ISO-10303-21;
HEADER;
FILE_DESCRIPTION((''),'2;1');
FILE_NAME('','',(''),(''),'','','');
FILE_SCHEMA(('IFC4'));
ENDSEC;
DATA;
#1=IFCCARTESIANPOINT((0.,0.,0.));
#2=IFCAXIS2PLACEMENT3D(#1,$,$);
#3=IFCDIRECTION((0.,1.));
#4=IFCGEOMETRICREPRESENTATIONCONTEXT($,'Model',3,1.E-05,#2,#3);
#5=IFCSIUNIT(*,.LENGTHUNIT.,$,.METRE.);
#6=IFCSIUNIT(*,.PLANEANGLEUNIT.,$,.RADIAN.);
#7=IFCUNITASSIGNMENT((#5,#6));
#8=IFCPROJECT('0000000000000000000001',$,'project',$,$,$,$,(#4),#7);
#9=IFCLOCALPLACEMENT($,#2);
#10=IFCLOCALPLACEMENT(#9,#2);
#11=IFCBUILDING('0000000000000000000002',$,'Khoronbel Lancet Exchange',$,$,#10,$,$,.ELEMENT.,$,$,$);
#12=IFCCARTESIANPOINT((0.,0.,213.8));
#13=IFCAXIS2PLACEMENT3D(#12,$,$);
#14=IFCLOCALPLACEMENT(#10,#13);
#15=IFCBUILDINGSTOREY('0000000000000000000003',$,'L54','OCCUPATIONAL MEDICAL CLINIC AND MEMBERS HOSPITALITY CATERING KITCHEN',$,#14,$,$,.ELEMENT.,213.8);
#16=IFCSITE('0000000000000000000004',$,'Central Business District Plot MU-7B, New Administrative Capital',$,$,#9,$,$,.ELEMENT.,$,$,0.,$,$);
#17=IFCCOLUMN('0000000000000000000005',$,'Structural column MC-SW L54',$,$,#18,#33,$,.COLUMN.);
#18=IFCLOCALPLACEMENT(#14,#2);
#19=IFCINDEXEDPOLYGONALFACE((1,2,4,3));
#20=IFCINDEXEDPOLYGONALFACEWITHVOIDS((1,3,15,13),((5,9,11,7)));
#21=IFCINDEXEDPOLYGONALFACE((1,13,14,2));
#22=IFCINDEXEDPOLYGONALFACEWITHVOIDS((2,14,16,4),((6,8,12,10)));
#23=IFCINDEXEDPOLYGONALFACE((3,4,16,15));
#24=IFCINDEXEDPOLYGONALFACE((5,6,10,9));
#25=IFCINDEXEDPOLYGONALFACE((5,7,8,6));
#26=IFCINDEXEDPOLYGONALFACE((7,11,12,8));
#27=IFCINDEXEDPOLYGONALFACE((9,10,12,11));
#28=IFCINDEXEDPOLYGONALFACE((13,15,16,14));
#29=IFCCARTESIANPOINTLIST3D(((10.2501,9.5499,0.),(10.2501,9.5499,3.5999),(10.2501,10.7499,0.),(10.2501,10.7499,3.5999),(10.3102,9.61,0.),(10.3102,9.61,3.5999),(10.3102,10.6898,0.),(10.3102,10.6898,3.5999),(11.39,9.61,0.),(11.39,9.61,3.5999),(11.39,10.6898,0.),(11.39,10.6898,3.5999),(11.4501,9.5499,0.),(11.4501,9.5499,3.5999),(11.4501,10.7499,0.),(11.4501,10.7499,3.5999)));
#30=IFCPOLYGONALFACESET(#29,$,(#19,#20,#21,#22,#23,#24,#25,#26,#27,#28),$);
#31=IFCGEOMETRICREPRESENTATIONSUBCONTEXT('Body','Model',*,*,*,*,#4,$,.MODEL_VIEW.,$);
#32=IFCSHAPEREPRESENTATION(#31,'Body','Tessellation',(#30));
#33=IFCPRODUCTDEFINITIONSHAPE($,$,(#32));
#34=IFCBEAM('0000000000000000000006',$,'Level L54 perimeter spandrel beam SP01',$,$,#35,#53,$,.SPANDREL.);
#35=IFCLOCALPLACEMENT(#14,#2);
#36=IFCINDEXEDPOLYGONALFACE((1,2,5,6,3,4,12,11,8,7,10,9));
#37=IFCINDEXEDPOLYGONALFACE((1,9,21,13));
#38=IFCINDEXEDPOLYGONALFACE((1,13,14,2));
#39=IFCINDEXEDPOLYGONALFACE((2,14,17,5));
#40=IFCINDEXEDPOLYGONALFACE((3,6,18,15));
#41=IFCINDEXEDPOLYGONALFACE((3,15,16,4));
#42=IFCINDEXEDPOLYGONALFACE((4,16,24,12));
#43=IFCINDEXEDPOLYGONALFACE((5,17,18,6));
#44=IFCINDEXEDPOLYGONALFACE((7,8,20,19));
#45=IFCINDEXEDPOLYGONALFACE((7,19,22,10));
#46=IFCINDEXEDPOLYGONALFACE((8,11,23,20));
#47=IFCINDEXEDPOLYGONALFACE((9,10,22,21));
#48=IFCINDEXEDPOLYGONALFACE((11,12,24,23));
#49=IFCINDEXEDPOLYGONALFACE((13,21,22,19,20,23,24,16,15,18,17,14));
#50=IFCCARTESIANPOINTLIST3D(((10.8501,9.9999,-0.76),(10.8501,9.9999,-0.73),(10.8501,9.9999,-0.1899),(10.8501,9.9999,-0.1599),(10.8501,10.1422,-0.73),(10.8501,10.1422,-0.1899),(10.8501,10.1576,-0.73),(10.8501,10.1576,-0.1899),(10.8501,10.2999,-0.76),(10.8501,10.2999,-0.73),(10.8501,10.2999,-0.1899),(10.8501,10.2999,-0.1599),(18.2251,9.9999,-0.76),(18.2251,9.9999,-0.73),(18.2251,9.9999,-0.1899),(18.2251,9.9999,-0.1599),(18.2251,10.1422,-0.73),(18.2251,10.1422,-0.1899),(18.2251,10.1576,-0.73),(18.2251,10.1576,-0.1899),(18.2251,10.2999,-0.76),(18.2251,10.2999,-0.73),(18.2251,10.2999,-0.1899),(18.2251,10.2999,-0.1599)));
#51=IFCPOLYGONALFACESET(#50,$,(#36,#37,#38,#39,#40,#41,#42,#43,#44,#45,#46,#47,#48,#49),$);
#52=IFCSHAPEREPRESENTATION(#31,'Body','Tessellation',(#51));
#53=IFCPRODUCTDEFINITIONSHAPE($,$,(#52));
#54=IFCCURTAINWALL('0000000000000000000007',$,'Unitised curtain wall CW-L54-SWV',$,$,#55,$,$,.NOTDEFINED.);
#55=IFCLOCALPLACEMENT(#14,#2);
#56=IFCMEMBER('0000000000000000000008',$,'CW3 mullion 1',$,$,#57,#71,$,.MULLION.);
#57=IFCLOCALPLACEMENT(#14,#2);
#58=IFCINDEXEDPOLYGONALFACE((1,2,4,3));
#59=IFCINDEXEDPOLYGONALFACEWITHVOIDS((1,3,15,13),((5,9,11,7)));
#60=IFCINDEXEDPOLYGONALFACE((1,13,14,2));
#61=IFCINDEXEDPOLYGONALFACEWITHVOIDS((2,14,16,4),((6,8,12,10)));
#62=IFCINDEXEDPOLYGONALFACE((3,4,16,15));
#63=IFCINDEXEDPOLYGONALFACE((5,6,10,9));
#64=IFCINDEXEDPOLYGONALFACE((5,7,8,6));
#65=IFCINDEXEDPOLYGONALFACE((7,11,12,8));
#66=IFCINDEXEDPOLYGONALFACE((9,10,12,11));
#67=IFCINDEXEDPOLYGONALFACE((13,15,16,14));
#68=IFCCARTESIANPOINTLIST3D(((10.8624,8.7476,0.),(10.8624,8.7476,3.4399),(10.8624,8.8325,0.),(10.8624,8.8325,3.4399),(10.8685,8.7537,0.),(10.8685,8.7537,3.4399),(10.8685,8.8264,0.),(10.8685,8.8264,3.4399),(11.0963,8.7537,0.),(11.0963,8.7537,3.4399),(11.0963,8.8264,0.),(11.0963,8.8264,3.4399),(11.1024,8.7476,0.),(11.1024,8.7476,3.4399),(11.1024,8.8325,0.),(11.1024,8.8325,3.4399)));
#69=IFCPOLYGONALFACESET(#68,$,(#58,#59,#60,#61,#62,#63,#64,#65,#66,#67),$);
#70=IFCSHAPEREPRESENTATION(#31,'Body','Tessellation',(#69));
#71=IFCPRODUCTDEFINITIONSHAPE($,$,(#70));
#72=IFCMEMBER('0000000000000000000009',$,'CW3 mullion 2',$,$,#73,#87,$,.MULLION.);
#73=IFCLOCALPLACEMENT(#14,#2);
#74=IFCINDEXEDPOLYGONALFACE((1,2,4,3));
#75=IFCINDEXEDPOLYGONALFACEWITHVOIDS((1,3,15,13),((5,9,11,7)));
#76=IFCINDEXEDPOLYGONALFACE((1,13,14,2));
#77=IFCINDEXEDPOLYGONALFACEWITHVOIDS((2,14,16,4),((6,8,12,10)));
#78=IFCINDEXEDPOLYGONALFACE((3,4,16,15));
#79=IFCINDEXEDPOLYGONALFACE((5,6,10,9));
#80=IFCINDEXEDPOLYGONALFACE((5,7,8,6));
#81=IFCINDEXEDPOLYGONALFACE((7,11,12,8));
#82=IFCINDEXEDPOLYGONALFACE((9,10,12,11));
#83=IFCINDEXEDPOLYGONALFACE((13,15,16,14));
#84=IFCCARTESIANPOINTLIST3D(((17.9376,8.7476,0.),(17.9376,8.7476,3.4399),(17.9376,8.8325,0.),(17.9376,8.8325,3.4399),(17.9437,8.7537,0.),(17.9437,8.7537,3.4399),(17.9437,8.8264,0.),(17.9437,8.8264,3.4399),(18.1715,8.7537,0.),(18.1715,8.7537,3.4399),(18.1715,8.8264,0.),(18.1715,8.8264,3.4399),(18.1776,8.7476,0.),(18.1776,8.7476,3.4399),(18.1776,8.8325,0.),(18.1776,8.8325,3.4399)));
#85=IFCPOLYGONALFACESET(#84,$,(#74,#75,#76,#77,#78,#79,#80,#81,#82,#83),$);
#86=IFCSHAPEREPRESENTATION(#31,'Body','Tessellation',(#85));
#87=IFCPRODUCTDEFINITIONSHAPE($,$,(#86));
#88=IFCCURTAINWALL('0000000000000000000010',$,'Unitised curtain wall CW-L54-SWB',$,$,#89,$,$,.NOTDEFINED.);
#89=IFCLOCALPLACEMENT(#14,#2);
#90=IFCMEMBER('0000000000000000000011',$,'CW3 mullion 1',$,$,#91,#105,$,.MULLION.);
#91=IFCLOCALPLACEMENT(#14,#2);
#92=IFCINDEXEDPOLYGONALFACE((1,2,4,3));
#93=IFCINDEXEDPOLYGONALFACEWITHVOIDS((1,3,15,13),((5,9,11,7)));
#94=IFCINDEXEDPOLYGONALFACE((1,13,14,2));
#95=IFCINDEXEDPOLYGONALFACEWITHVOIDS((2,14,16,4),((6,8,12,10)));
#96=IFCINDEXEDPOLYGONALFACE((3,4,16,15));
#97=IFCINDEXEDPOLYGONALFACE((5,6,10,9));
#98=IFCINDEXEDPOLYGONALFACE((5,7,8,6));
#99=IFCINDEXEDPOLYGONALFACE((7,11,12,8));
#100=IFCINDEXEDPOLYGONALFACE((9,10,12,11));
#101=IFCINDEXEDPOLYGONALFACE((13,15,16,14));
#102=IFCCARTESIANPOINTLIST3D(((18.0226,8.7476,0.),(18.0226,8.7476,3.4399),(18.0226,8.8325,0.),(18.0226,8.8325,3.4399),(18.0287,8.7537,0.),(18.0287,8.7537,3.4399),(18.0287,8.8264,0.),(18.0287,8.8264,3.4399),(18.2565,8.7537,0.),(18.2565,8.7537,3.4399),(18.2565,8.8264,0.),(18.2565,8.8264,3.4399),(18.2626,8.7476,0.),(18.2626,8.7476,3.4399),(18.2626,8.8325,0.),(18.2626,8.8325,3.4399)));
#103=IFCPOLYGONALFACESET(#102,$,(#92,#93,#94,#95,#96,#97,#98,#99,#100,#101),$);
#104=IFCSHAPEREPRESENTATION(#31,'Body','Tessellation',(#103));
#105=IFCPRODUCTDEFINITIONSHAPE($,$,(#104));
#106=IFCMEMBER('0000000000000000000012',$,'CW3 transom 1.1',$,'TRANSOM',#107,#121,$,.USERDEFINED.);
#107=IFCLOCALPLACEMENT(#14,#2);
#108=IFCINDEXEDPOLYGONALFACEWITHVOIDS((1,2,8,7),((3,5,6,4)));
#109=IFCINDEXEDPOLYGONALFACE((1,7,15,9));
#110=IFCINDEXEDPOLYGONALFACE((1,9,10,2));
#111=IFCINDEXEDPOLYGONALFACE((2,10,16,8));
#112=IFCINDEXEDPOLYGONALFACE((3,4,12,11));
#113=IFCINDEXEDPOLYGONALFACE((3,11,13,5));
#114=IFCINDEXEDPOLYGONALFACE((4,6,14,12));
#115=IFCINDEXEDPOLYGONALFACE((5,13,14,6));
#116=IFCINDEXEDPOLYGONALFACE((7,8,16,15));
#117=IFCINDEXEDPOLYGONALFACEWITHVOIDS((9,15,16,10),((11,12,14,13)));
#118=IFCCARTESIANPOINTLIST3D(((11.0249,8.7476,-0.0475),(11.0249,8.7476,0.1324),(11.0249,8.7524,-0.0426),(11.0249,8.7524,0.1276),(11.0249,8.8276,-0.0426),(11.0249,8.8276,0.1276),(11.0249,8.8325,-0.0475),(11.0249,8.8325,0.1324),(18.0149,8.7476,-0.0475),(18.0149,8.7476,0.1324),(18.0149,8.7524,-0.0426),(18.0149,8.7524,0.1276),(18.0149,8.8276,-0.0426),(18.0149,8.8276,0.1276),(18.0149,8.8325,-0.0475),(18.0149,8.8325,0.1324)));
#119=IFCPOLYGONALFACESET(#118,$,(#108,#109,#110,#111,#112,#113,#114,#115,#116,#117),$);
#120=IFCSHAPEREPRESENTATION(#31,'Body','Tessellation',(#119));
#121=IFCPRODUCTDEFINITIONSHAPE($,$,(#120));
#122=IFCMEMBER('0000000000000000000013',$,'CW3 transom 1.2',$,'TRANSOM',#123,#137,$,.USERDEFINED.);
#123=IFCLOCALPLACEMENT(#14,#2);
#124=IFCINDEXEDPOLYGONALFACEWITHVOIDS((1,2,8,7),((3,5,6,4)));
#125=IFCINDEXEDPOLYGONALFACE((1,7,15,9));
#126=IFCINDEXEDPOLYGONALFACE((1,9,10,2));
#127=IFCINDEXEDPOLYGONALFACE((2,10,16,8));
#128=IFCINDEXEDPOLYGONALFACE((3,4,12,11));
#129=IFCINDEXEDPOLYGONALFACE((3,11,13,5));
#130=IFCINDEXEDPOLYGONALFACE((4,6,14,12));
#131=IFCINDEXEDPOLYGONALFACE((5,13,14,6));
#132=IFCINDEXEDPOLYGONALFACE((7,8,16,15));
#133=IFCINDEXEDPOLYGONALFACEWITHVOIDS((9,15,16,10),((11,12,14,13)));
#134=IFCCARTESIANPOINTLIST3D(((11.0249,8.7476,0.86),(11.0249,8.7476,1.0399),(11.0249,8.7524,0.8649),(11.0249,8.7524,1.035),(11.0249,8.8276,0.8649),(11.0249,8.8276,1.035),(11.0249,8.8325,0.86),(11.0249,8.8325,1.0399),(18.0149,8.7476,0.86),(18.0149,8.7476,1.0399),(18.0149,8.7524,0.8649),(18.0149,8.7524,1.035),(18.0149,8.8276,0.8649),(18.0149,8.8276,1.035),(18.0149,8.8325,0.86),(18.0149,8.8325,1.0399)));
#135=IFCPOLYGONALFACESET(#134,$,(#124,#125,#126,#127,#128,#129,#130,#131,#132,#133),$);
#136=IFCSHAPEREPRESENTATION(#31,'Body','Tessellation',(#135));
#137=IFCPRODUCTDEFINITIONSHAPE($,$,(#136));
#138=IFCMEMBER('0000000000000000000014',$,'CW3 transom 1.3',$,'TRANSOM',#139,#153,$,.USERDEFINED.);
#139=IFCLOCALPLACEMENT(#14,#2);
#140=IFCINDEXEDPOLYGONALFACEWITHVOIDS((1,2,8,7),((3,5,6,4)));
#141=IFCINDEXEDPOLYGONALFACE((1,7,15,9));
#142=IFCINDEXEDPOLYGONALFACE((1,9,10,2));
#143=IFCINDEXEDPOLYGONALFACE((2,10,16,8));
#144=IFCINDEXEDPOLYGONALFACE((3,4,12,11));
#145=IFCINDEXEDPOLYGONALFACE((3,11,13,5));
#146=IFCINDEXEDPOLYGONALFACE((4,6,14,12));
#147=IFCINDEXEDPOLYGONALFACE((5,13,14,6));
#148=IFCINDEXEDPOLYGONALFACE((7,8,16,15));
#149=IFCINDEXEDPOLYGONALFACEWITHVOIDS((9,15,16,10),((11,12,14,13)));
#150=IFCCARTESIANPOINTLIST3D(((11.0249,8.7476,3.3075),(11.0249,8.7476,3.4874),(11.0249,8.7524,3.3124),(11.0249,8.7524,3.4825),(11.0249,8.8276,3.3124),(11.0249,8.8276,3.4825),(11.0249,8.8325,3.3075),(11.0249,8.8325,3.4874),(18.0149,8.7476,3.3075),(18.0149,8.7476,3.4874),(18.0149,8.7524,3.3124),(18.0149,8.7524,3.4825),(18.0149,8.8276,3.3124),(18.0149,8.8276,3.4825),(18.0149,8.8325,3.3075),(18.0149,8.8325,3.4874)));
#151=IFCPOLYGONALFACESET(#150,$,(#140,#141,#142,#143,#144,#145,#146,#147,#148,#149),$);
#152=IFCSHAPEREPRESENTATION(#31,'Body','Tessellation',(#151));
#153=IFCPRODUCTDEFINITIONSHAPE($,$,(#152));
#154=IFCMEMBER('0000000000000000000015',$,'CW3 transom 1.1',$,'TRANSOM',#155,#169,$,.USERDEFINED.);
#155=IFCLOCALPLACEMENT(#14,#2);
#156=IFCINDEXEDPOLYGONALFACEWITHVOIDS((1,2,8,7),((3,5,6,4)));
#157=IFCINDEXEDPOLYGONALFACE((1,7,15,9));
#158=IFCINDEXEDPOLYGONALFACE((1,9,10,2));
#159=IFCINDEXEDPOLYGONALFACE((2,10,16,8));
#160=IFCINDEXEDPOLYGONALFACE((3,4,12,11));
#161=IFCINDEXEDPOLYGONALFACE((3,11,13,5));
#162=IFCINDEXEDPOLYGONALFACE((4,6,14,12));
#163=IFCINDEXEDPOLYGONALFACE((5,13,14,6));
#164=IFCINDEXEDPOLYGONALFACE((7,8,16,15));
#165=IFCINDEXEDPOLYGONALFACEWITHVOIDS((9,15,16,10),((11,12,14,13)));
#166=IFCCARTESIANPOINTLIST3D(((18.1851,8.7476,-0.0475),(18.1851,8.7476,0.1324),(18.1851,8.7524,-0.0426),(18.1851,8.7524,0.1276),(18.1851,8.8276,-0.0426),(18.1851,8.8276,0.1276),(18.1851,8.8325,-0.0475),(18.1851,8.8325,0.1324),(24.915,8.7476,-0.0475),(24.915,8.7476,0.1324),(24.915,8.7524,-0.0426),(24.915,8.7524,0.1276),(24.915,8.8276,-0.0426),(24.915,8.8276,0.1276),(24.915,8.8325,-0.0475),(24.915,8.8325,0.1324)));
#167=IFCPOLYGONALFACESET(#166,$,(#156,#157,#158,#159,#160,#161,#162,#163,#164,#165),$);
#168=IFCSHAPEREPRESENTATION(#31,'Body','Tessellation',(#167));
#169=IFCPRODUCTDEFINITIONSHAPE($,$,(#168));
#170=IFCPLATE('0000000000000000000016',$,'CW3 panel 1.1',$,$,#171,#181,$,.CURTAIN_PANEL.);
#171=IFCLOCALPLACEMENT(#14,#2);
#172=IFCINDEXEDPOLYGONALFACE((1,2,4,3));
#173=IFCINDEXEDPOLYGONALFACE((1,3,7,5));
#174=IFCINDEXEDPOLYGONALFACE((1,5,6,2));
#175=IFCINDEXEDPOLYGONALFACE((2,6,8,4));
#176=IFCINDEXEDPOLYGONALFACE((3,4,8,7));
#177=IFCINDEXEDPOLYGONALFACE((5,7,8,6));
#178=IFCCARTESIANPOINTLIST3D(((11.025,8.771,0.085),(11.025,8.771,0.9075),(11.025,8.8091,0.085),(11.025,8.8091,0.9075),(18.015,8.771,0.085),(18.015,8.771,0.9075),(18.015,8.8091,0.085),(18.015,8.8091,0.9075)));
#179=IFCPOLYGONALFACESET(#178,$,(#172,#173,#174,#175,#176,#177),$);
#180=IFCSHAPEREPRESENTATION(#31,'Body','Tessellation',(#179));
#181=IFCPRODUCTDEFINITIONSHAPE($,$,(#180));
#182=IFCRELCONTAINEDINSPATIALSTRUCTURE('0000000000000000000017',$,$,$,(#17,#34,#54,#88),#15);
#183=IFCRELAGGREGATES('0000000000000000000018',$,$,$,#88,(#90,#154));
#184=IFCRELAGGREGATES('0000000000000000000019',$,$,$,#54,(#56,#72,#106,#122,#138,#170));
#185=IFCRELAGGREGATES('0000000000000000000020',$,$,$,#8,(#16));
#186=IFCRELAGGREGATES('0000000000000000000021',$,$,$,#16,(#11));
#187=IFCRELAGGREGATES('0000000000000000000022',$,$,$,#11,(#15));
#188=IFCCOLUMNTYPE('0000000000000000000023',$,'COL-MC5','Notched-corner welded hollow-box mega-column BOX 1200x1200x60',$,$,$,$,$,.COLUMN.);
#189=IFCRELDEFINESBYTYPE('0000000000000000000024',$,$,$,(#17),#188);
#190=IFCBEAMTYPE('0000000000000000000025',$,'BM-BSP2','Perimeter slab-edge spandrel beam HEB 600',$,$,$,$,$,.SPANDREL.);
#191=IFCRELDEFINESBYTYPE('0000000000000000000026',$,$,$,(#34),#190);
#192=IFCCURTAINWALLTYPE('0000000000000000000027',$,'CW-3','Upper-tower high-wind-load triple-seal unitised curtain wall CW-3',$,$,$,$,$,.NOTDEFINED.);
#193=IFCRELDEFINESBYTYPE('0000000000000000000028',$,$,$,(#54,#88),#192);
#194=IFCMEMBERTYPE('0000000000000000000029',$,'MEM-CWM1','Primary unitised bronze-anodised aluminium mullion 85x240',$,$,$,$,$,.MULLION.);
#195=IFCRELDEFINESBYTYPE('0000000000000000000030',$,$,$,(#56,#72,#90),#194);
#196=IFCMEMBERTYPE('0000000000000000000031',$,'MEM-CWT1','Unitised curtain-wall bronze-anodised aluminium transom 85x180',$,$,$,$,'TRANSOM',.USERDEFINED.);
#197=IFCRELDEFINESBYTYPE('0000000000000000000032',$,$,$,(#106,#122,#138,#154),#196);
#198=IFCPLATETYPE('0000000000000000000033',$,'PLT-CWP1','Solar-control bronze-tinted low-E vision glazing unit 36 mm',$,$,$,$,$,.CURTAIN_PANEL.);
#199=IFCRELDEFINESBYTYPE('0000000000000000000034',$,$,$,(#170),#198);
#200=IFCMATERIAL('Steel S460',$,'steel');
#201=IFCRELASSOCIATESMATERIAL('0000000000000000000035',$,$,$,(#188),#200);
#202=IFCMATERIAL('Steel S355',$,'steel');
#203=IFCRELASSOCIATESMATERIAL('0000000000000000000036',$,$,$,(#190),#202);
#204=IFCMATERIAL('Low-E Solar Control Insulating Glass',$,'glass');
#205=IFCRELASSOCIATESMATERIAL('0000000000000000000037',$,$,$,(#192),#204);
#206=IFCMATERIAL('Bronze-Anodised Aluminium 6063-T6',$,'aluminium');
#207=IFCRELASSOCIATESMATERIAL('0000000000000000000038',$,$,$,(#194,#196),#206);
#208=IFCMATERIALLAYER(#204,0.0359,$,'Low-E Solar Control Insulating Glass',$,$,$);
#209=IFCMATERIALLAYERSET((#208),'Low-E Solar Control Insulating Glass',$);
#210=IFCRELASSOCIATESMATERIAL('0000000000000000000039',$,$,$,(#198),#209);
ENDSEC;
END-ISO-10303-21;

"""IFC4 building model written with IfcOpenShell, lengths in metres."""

from ifc_helpers import new_model, si_unit, direction, frame, origin, origin_2d, place, context, subcontext, project, spatial, rectangle, hollow_rectangle, i_section, extrude, material, layer, layer_set, material_profile, profile_set, type_object, element, aggregate, save


model = new_model("IFC4")

# Units and contexts
model_context = context("Model", 3, precision=1e-05, world=origin(), true_north=direction((0.0, 1.0)))
body_context = subcontext(model_context, "Body", "Model", "MODEL_VIEW")
ifc_project = project(units=[si_unit("LENGTHUNIT", "METRE"), si_unit("PLANEANGLEUNIT", "RADIAN")], contexts=[model_context])

# Site, building, storey
site_placement = place(None, origin())
site = spatial("IfcSite", under=ifc_project, at=site_placement, Name="Central Business District Plot MU-7B, New Administrative Capital", CompositionType="ELEMENT", RefElevation=0.0)
building_placement = place(site_placement, origin())
building = spatial("IfcBuilding", under=site, at=building_placement, Name="Khoronbel Lancet Exchange", CompositionType="ELEMENT")
storey_placement = place(building_placement, frame((0.0, 0.0, 213.8)))
storey = spatial("IfcBuildingStorey", under=building, at=storey_placement, Name="L54", Description="OCCUPATIONAL MEDICAL CLINIC AND MEMBERS HOSPITALITY CATERING KITCHEN", CompositionType="ELEMENT", Elevation=213.8)

# Column
ifc_material_1 = material(Name="Steel S460", Category="steel")
ifc_material_profile_1 = material_profile(ifc_material_1, hollow_rectangle(XDim=1.2, YDim=1.2, WallThickness=0.0601, at=origin_2d()), Name="BOX 1200x1200x60")
ifc_profile_set_1 = profile_set([ifc_material_profile_1], Name="Steel S460")
column_type = type_object("IfcColumnType", Name="COL-MC5", Description="Notched-corner welded hollow-box mega-column BOX 1200x1200x60", PredefinedType="COLUMN", material=ifc_profile_set_1)
column_placement = place(storey_placement, frame((10.8501, 10.1499, 0.0), z_axis=(0.0, 0.0, 1.0), x_axis=(1.0, 0.0, 0.0)))
element("IfcColumn", 1, at=column_placement, inside=storey, type_object=column_type, Name="Structural column MC-SW L54", PredefinedType="COLUMN", context=body_context, shape_type="SweptSolid", body=[
    extrude(hollow_rectangle(XDim=1.2, YDim=1.2, WallThickness=0.0601, at=origin_2d()), origin(), (0.0, 0.0, 1.0), 3.5999),
])

# Beam
ifc_material_2 = material(Name="Steel S355", Category="steel")
ifc_material_profile_2 = material_profile(ifc_material_2, i_section(OverallWidth=0.3, OverallDepth=0.6001, WebThickness=0.0154, FlangeThickness=0.03, at=origin_2d()), Name="HEB 600")
ifc_profile_set_2 = profile_set([ifc_material_profile_2], Name="Steel S355")
beam_type = type_object("IfcBeamType", Name="BM-BSP2", Description="Perimeter slab-edge spandrel beam HEB 600", PredefinedType="SPANDREL", material=ifc_profile_set_2)
beam_placement = place(storey_placement, frame((10.8501, 10.1499, -0.46), z_axis=(1.0, 0.0, 0.0), x_axis=(0.0, 1.0, 0.0)))
element("IfcBeam", 2, at=beam_placement, inside=storey, type_object=beam_type, Name="Level L54 perimeter spandrel beam SP01", PredefinedType="SPANDREL", context=body_context, shape_type="SweptSolid", body=[
    extrude(i_section(OverallWidth=0.3, OverallDepth=0.6001, WebThickness=0.0154, FlangeThickness=0.03, at=origin_2d()), origin(), (0.0, 0.0, 1.0), 7.375),
])

# Curtain wall, members
ifc_material_3 = material(Name="Low-E Solar Control Insulating Glass", Category="glass")
curtain_wall_type = type_object("IfcCurtainWallType", Name="CW-3", Description="Upper-tower high-wind-load triple-seal unitised curtain wall CW-3", PredefinedType="NOTDEFINED", material=ifc_material_3)
curtain_wall_1_placement = place(storey_placement, origin())
curtain_wall_1 = element("IfcCurtainWall", 3, at=curtain_wall_1_placement, inside=storey, type_object=curtain_wall_type, Name="Unitised curtain wall CW-L54-SWV", PredefinedType="NOTDEFINED")
ifc_material_4 = material(Name="Bronze-Anodised Aluminium 6063-T6", Category="aluminium")
ifc_material_profile_3 = material_profile(ifc_material_4, hollow_rectangle(XDim=0.085, YDim=0.24, WallThickness=0.0061, at=origin_2d()), Name="ALU MULLION 85x240")
ifc_profile_set_3 = profile_set([ifc_material_profile_3], Name="Bronze-Anodised Aluminium 6063-T6")
member_type_1 = type_object("IfcMemberType", Name="MEM-CWM1", Description="Primary unitised bronze-anodised aluminium mullion 85x240", PredefinedType="MULLION", material=ifc_profile_set_3)
member_1_placement = place(storey_placement, frame((10.9824, 8.79, 0.0), z_axis=(0.0, 0.0, 1.0), x_axis=(0.0, 1.0, 0.0)))
member_1 = element("IfcMember", 4, at=member_1_placement, type_object=member_type_1, Name="CW3 mullion 1", PredefinedType="MULLION", context=body_context, shape_type="SweptSolid", body=[
    extrude(hollow_rectangle(XDim=0.085, YDim=0.24, WallThickness=0.0061, at=origin_2d()), origin(), (0.0, 0.0, 1.0), 3.4399),
])
member_2_placement = place(storey_placement, frame((18.0576, 8.79, 0.0), z_axis=(0.0, 0.0, 1.0), x_axis=(0.0, 1.0, 0.0)))
member_2 = element("IfcMember", 5, at=member_2_placement, type_object=member_type_1, Name="CW3 mullion 2", PredefinedType="MULLION", context=body_context, shape_type="SweptSolid", body=[
    extrude(hollow_rectangle(XDim=0.085, YDim=0.24, WallThickness=0.0061, at=origin_2d()), origin(), (0.0, 0.0, 1.0), 3.4399),
])

# Curtain wall, member
curtain_wall_2_placement = place(storey_placement, origin())
curtain_wall_2 = element("IfcCurtainWall", 6, at=curtain_wall_2_placement, inside=storey, type_object=curtain_wall_type, Name="Unitised curtain wall CW-L54-SWB", PredefinedType="NOTDEFINED")
member_3_placement = place(storey_placement, frame((18.1426, 8.79, 0.0), z_axis=(0.0, 0.0, 1.0), x_axis=(0.0, 1.0, 0.0)))
member_3 = element("IfcMember", 7, at=member_3_placement, type_object=member_type_1, Name="CW3 mullion 1", PredefinedType="MULLION", context=body_context, shape_type="SweptSolid", body=[
    extrude(hollow_rectangle(XDim=0.085, YDim=0.24, WallThickness=0.0061, at=origin_2d()), origin(), (0.0, 0.0, 1.0), 3.4399),
])

# Members
ifc_material_profile_4 = material_profile(ifc_material_4, hollow_rectangle(XDim=0.085, YDim=0.1799, WallThickness=0.0049, at=origin_2d()), Name="ALU TRANSOM 85x180")
ifc_profile_set_4 = profile_set([ifc_material_profile_4], Name="Bronze-Anodised Aluminium 6063-T6")
member_type_2 = type_object("IfcMemberType", Name="MEM-CWT1", Description="Unitised curtain-wall bronze-anodised aluminium transom 85x180", ElementType="TRANSOM", PredefinedType="USERDEFINED", material=ifc_profile_set_4)
member_4_placement = place(storey_placement, frame((11.0249, 8.79, 0.0425), z_axis=(1.0, 0.0, 0.0), x_axis=(0.0, 1.0, 0.0)))
member_4 = element("IfcMember", 8, at=member_4_placement, type_object=member_type_2, Name="CW3 transom 1.1", ObjectType="TRANSOM", PredefinedType="USERDEFINED", context=body_context, shape_type="SweptSolid", body=[
    extrude(hollow_rectangle(XDim=0.085, YDim=0.1799, WallThickness=0.0049, at=origin_2d()), origin(), (0.0, 0.0, 1.0), 6.99),
])
member_5_placement = place(storey_placement, frame((11.0249, 8.79, 0.95), z_axis=(1.0, 0.0, 0.0), x_axis=(0.0, 1.0, 0.0)))
member_5 = element("IfcMember", 9, at=member_5_placement, type_object=member_type_2, Name="CW3 transom 1.2", ObjectType="TRANSOM", PredefinedType="USERDEFINED", context=body_context, shape_type="SweptSolid", body=[
    extrude(hollow_rectangle(XDim=0.085, YDim=0.1799, WallThickness=0.0049, at=origin_2d()), origin(), (0.0, 0.0, 1.0), 6.99),
])
member_6_placement = place(storey_placement, frame((11.0249, 8.79, 3.3975), z_axis=(1.0, 0.0, 0.0), x_axis=(0.0, 1.0, 0.0)))
member_6 = element("IfcMember", 10, at=member_6_placement, type_object=member_type_2, Name="CW3 transom 1.3", ObjectType="TRANSOM", PredefinedType="USERDEFINED", context=body_context, shape_type="SweptSolid", body=[
    extrude(hollow_rectangle(XDim=0.085, YDim=0.1799, WallThickness=0.0049, at=origin_2d()), origin(), (0.0, 0.0, 1.0), 6.99),
])
member_7_placement = place(storey_placement, frame((18.1851, 8.79, 0.0425), z_axis=(1.0, 0.0, 0.0), x_axis=(0.0, 1.0, 0.0)))
member_7 = element("IfcMember", 11, at=member_7_placement, type_object=member_type_2, Name="CW3 transom 1.1", ObjectType="TRANSOM", PredefinedType="USERDEFINED", context=body_context, shape_type="SweptSolid", body=[
    extrude(hollow_rectangle(XDim=0.085, YDim=0.1799, WallThickness=0.0049, at=origin_2d()), origin(), (0.0, 0.0, 1.0), 6.73),
])
aggregate(curtain_wall_2, [member_3, member_7])

# Plate
ifc_layer_1 = layer(ifc_material_3, 0.0359, Name="Low-E Solar Control Insulating Glass")
ifc_layer_set_1 = layer_set([ifc_layer_1], Name="Low-E Solar Control Insulating Glass")
plate_type = type_object("IfcPlateType", Name="PLT-CWP1", Description="Solar-control bronze-tinted low-E vision glazing unit 36 mm", PredefinedType="CURTAIN_PANEL", material=ifc_layer_set_1)
plate_1_placement = place(storey_placement, frame((14.52, 8.79, 0.085), z_axis=(0.0, 0.0, 1.0), x_axis=(1.0, 0.0, 0.0)))
plate_1 = element("IfcPlate", 12, at=plate_1_placement, type_object=plate_type, Name="CW3 panel 1.1", PredefinedType="CURTAIN_PANEL", context=body_context, shape_type="SweptSolid", body=[
    extrude(rectangle(XDim=6.99, YDim=0.0381, at=origin_2d()), origin(), (0.0, 0.0, 1.0), 0.8225),
])
aggregate(curtain_wall_1, [member_1, member_2, member_4, member_5, member_6, plate_1])

save(model, "model.ifc")
